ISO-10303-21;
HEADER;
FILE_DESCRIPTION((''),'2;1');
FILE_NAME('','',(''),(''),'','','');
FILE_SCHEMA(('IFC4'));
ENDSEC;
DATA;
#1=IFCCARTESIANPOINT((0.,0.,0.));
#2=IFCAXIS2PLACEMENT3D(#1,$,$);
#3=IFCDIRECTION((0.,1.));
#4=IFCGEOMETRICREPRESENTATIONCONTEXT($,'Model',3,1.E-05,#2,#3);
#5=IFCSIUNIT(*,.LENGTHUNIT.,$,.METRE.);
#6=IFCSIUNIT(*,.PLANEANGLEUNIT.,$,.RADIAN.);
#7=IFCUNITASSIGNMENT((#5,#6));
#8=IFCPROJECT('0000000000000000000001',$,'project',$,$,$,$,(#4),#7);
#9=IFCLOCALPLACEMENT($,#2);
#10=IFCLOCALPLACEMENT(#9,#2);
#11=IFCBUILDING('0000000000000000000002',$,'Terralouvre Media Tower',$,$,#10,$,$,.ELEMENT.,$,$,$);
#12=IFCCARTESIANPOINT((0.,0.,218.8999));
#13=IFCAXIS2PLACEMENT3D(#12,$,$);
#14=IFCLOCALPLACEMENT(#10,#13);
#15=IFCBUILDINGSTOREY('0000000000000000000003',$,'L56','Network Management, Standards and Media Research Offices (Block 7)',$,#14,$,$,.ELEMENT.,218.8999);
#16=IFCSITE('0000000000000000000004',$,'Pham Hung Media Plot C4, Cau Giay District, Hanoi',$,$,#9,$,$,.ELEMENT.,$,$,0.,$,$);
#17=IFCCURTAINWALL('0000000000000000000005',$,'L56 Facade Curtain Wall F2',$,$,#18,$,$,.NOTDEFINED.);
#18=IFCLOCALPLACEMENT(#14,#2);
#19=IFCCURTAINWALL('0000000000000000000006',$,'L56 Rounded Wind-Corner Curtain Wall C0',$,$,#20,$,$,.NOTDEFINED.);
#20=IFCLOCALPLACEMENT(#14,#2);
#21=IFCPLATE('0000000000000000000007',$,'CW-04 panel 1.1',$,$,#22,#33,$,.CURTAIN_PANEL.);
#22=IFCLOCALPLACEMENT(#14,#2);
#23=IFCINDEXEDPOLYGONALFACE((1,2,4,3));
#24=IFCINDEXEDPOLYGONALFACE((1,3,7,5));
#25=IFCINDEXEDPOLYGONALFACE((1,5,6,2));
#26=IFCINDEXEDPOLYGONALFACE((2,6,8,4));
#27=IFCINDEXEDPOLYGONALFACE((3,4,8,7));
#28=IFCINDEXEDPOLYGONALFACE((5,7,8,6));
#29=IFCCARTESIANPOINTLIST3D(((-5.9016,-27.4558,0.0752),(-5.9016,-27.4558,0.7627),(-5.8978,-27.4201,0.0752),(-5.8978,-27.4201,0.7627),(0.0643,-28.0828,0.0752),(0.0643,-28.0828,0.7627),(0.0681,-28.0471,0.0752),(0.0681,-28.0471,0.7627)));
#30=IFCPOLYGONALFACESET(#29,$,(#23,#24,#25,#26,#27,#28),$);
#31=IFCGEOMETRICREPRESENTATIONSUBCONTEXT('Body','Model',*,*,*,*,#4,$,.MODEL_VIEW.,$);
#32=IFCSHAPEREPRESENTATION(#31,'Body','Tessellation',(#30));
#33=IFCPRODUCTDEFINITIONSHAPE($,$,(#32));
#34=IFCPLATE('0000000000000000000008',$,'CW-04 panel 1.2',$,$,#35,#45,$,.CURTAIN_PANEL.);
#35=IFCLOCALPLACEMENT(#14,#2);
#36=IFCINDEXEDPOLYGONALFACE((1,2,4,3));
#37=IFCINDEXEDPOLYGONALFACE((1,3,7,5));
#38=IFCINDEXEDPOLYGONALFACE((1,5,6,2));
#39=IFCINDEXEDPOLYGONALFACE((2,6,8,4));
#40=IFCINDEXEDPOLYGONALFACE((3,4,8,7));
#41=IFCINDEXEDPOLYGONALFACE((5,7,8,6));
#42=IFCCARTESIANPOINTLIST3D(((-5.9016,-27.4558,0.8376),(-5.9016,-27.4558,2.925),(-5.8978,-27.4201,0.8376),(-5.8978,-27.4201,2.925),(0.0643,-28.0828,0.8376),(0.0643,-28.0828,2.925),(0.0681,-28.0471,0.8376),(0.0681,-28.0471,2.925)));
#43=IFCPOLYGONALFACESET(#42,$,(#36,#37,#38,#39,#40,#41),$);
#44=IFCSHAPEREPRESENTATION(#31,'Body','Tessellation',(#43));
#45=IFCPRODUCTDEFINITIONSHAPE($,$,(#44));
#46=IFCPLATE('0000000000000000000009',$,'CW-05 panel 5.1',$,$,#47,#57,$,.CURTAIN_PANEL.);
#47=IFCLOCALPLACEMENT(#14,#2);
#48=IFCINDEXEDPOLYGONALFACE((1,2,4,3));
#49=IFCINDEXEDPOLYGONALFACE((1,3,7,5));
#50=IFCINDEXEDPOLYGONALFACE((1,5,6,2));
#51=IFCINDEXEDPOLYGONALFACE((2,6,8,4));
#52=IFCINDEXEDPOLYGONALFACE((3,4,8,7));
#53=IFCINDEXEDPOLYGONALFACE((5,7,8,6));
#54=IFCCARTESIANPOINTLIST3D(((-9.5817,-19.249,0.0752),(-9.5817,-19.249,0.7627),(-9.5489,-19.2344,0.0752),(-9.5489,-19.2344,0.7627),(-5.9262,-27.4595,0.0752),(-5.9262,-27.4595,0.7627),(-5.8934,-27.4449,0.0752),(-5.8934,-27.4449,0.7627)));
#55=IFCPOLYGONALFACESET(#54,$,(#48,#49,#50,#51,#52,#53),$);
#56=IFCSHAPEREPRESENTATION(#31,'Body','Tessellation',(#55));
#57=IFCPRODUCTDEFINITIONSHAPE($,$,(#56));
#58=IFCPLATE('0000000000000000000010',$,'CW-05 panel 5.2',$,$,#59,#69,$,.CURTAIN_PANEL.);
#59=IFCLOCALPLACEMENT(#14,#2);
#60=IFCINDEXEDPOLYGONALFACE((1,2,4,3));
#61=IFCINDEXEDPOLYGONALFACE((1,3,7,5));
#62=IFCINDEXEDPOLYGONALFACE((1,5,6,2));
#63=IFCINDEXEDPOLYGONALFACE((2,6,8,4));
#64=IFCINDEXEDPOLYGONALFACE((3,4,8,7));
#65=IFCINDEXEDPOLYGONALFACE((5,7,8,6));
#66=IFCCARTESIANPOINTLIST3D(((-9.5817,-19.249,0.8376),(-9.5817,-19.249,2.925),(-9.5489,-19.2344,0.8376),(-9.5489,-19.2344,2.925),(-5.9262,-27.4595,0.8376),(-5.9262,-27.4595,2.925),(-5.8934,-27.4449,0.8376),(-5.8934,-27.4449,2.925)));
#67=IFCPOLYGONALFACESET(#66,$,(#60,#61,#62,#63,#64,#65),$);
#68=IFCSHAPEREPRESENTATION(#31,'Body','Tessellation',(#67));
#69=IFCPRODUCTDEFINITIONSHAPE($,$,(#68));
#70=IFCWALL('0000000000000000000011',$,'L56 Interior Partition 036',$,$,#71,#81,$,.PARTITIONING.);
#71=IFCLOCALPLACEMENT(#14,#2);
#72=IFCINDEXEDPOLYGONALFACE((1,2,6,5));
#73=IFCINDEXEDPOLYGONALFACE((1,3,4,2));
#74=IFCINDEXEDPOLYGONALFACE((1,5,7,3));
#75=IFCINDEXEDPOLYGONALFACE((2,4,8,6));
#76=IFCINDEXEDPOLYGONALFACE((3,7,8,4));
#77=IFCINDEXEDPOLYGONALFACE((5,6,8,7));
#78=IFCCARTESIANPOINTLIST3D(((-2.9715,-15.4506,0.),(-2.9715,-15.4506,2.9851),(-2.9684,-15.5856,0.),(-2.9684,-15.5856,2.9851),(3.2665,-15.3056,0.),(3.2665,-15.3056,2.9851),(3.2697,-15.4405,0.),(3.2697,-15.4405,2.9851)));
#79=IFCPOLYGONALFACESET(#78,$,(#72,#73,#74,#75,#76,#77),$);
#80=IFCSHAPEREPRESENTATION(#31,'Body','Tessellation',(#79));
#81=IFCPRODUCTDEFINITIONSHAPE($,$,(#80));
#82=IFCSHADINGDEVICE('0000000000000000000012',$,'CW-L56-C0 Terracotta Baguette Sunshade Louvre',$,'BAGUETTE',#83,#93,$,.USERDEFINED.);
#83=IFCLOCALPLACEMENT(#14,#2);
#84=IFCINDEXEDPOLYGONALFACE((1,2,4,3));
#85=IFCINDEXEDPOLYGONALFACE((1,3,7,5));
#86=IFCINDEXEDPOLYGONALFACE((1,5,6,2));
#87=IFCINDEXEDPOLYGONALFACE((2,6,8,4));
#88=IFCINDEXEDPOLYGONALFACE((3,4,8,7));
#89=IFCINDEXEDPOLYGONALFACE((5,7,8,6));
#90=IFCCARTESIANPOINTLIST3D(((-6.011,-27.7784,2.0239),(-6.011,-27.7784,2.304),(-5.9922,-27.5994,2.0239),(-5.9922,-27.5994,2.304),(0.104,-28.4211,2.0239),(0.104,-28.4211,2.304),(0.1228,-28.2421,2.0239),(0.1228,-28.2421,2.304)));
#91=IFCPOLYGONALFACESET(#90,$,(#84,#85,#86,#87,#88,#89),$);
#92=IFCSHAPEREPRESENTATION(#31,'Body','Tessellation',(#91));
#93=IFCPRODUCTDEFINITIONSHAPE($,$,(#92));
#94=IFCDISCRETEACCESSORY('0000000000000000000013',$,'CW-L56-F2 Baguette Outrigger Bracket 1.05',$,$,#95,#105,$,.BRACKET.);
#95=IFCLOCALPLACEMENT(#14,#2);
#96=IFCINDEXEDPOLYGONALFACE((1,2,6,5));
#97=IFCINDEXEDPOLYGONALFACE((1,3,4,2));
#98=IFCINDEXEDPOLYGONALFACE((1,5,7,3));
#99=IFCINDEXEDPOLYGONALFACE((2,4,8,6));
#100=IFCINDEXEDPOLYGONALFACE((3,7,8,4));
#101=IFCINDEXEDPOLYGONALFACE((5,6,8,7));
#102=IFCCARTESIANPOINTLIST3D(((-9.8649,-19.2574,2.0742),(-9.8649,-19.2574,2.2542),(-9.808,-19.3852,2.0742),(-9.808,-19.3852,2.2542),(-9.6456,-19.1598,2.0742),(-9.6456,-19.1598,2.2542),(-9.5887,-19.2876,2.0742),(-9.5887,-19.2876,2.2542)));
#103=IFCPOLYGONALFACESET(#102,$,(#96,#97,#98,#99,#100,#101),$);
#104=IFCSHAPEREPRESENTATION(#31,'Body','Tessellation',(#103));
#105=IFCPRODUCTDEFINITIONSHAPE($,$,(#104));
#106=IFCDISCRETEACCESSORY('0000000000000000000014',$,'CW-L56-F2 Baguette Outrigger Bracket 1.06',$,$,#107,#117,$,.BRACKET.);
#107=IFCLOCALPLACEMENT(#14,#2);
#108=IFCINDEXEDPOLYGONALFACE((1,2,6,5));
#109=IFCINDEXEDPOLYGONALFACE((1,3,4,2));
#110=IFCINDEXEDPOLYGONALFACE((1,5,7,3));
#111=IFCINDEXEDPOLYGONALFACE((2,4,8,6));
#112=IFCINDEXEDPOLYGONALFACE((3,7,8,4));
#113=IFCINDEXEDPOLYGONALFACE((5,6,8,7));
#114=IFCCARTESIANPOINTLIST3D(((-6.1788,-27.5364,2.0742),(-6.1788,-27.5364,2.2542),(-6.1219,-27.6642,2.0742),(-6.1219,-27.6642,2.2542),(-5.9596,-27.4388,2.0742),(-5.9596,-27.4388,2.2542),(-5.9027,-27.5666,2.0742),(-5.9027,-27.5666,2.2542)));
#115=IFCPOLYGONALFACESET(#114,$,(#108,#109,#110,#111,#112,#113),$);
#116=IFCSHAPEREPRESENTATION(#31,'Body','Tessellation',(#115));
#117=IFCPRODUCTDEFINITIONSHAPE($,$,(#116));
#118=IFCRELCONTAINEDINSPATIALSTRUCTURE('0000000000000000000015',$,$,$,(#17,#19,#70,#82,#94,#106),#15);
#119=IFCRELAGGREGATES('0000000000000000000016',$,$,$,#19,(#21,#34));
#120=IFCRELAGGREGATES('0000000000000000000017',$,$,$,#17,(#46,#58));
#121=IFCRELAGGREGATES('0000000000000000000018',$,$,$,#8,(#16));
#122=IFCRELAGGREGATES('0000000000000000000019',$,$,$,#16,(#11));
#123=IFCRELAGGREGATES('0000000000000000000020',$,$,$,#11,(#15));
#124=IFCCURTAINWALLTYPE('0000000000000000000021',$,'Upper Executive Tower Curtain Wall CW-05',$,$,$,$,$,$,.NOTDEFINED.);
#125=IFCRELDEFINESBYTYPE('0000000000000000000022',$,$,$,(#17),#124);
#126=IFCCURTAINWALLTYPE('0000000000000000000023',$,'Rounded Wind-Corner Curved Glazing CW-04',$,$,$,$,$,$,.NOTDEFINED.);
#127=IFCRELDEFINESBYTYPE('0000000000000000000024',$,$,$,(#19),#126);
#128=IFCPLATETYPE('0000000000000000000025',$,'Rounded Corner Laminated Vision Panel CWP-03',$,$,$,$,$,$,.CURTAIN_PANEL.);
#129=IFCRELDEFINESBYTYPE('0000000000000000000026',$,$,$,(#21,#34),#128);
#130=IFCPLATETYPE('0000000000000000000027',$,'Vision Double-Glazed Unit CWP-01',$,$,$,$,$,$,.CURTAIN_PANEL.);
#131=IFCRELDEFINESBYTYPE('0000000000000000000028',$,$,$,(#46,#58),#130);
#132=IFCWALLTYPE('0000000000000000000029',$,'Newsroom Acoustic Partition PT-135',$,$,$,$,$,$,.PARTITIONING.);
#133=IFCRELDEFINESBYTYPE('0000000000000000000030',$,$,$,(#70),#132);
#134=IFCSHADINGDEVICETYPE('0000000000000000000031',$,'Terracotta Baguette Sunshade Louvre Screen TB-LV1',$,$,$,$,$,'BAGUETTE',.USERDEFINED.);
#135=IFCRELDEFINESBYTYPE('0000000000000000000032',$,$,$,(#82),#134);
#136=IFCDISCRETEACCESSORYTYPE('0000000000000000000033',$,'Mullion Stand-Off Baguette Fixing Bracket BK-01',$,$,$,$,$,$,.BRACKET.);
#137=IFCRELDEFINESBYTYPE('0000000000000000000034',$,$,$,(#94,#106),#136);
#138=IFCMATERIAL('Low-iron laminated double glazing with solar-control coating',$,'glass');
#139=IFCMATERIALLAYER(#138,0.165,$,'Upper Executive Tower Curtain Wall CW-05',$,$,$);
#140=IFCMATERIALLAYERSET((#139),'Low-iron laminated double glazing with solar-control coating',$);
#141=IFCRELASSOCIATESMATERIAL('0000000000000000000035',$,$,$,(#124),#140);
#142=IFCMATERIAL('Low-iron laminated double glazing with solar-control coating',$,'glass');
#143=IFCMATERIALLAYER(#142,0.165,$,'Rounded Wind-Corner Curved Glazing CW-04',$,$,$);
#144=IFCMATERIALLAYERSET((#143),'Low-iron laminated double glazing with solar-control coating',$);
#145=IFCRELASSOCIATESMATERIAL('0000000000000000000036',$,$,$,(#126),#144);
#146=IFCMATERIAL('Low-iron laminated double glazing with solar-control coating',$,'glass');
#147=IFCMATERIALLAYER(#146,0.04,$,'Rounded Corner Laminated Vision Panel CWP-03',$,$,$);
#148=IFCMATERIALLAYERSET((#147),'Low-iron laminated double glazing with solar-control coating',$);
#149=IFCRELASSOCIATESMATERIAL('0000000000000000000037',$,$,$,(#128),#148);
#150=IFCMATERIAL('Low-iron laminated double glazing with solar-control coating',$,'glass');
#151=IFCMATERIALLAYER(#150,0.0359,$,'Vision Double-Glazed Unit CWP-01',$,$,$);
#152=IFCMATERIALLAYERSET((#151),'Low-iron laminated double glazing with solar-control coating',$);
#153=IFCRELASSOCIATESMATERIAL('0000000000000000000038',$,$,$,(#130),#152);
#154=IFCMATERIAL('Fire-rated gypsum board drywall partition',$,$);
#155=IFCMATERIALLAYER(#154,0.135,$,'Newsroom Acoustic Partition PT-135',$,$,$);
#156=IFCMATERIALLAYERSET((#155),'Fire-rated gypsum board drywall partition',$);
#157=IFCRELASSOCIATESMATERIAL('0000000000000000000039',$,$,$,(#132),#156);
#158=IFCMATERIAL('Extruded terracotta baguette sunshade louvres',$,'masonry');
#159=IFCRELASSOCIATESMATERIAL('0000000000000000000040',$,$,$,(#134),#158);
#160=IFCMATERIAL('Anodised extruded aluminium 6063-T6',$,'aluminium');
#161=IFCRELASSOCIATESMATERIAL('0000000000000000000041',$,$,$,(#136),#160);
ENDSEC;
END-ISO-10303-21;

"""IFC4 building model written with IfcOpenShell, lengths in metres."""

from ifc_helpers import new_model, si_unit, direction, frame, frame_2d, origin, origin_2d, place, context, subcontext, project, spatial, rectangle, extrude, material, layer, layer_set, type_object, element, aggregate, save


model = new_model("IFC4")

# Units and contexts
model_context = context("Model", 3, precision=1e-05, world=origin(), true_north=direction((0.0, 1.0)))
body_context = subcontext(model_context, "Body", "Model", "MODEL_VIEW")
ifc_project = project(units=[si_unit("LENGTHUNIT", "METRE"), si_unit("PLANEANGLEUNIT", "RADIAN")], contexts=[model_context])

# Site, building, storey
site_placement = place(None, origin())
site = spatial("IfcSite", under=ifc_project, at=site_placement, Name="Pham Hung Media Plot C4, Cau Giay District, Hanoi", CompositionType="ELEMENT", RefElevation=0.0)
building_placement = place(site_placement, origin())
building = spatial("IfcBuilding", under=site, at=building_placement, Name="Terralouvre Media Tower", CompositionType="ELEMENT")
storey_placement = place(building_placement, frame((0.0, 0.0, 218.8999)))
storey = spatial("IfcBuildingStorey", under=building, at=storey_placement, Name="L56", Description="Network Management, Standards and Media Research Offices (Block 7)", CompositionType="ELEMENT", Elevation=218.8999)

# Curtain walls
ifc_material_1 = material(Name="Low-iron laminated double glazing with solar-control coating", Category="glass")
ifc_layer_1 = layer(ifc_material_1, 0.165, Name="Upper Executive Tower Curtain Wall CW-05")
ifc_layer_set_1 = layer_set([ifc_layer_1], Name="Low-iron laminated double glazing with solar-control coating")
curtain_wall_type_1 = type_object("IfcCurtainWallType", Name="Upper Executive Tower Curtain Wall CW-05", PredefinedType="NOTDEFINED", material=ifc_layer_set_1)
curtain_wall_1_placement = place(storey_placement, origin())
curtain_wall_1 = element("IfcCurtainWall", 1, at=curtain_wall_1_placement, inside=storey, type_object=curtain_wall_type_1, Name="L56 Facade Curtain Wall F2", PredefinedType="NOTDEFINED")
ifc_material_2 = material(Name="Low-iron laminated double glazing with solar-control coating", Category="glass")
ifc_layer_2 = layer(ifc_material_2, 0.165, Name="Rounded Wind-Corner Curved Glazing CW-04")
ifc_layer_set_2 = layer_set([ifc_layer_2], Name="Low-iron laminated double glazing with solar-control coating")
curtain_wall_type_2 = type_object("IfcCurtainWallType", Name="Rounded Wind-Corner Curved Glazing CW-04", PredefinedType="NOTDEFINED", material=ifc_layer_set_2)
curtain_wall_2_placement = place(storey_placement, origin())
curtain_wall_2 = element("IfcCurtainWall", 2, at=curtain_wall_2_placement, inside=storey, type_object=curtain_wall_type_2, Name="L56 Rounded Wind-Corner Curtain Wall C0", PredefinedType="NOTDEFINED")

# Plates
ifc_material_3 = material(Name="Low-iron laminated double glazing with solar-control coating", Category="glass")
ifc_layer_3 = layer(ifc_material_3, 0.04, Name="Rounded Corner Laminated Vision Panel CWP-03")
ifc_layer_set_3 = layer_set([ifc_layer_3], Name="Low-iron laminated double glazing with solar-control coating")
plate_type_1 = type_object("IfcPlateType", Name="Rounded Corner Laminated Vision Panel CWP-03", PredefinedType="CURTAIN_PANEL", material=ifc_layer_set_3)
plate_1_placement = place(storey_placement, frame((-2.9167, -27.7515, 0.0752), z_axis=(0.0, 0.0, 1.0), x_axis=(0.994522, -0.104528, 0.0)))
plate_1 = element("IfcPlate", 3, at=plate_1_placement, type_object=plate_type_1, Name="CW-04 panel 1.1", PredefinedType="CURTAIN_PANEL", context=body_context, shape_type="SweptSolid", body=[
    extrude(rectangle(XDim=5.9988, YDim=0.0359, at=origin_2d()), origin(), (0.0, 0.0, 1.0), 0.6875),
])
plate_2_placement = place(storey_placement, frame((-2.9167, -27.7515, 0.8376), z_axis=(0.0, 0.0, 1.0), x_axis=(0.994522, -0.104528, 0.0)))
plate_2 = element("IfcPlate", 4, at=plate_2_placement, type_object=plate_type_1, Name="CW-04 panel 1.2", PredefinedType="CURTAIN_PANEL", context=body_context, shape_type="SweptSolid", body=[
    extrude(rectangle(XDim=5.9988, YDim=0.0359, at=origin_2d()), origin(), (0.0, 0.0, 1.0), 2.0874),
])
aggregate(curtain_wall_2, [plate_1, plate_2])
ifc_material_4 = material(Name="Low-iron laminated double glazing with solar-control coating", Category="glass")
ifc_layer_4 = layer(ifc_material_4, 0.0359, Name="Vision Double-Glazed Unit CWP-01")
ifc_layer_set_4 = layer_set([ifc_layer_4], Name="Low-iron laminated double glazing with solar-control coating")
plate_type_2 = type_object("IfcPlateType", Name="Vision Double-Glazed Unit CWP-01", PredefinedType="CURTAIN_PANEL", material=ifc_layer_set_4)
plate_3_placement = place(storey_placement, frame((-7.7375, -23.3469, 0.0752), z_axis=(0.0, 0.0, 1.0), x_axis=(0.406737, -0.913545, 0.0)))
plate_3 = element("IfcPlate", 5, at=plate_3_placement, type_object=plate_type_2, Name="CW-05 panel 5.1", PredefinedType="CURTAIN_PANEL", context=body_context, shape_type="SweptSolid", body=[
    extrude(rectangle(XDim=8.9875, YDim=0.0359, at=origin_2d()), origin(), (0.0, 0.0, 1.0), 0.6875),
])
plate_4_placement = place(storey_placement, frame((-7.7375, -23.3469, 0.8376), z_axis=(0.0, 0.0, 1.0), x_axis=(0.406737, -0.913545, 0.0)))
plate_4 = element("IfcPlate", 6, at=plate_4_placement, type_object=plate_type_2, Name="CW-05 panel 5.2", PredefinedType="CURTAIN_PANEL", context=body_context, shape_type="SweptSolid", body=[
    extrude(rectangle(XDim=8.9875, YDim=0.0359, at=origin_2d()), origin(), (0.0, 0.0, 1.0), 2.0874),
])
aggregate(curtain_wall_1, [plate_3, plate_4])

# Wall
ifc_material_5 = material(Name="Fire-rated gypsum board drywall partition")
ifc_layer_5 = layer(ifc_material_5, 0.135, Name="Newsroom Acoustic Partition PT-135")
ifc_layer_set_5 = layer_set([ifc_layer_5], Name="Fire-rated gypsum board drywall partition")
wall_type = type_object("IfcWallType", Name="Newsroom Acoustic Partition PT-135", PredefinedType="PARTITIONING", material=ifc_layer_set_5)
wall_placement = place(storey_placement, frame((-2.97, -15.5181, 0.0), z_axis=(0.0, 0.0, 1.0), x_axis=(0.99973, 0.023241, 0.0)))
element("IfcWall", 7, at=wall_placement, inside=storey, type_object=wall_type, Name="L56 Interior Partition 036", PredefinedType="PARTITIONING", context=body_context, shape_type="SweptSolid", body=[
    extrude(rectangle(XDim=6.2397, YDim=0.135, at=frame_2d((3.1199, 0.0))), origin(), (0.0, 0.0, 1.0), 2.9851),
])

# Shading device
ifc_material_6 = material(Name="Extruded terracotta baguette sunshade louvres", Category="masonry")
shading_device_type = type_object("IfcShadingDeviceType", Name="Terracotta Baguette Sunshade Louvre Screen TB-LV1", ElementType="BAGUETTE", PredefinedType="USERDEFINED", material=ifc_material_6)
shading_device_placement = place(storey_placement, frame((-2.9441, -28.0103, 2.0239), z_axis=(0.0, 0.0, 1.0), x_axis=(0.994522, -0.104528, 0.0)))
element("IfcShadingDevice", 8, at=shading_device_placement, inside=storey, type_object=shading_device_type, Name="CW-L56-C0 Terracotta Baguette Sunshade Louvre", ObjectType="BAGUETTE", PredefinedType="USERDEFINED", context=body_context, shape_type="SweptSolid", body=[
    extrude(rectangle(XDim=6.1487, YDim=0.1799, at=origin_2d()), origin(), (0.0, 0.0, 1.0), 0.28),
])

# Discrete accessories
ifc_material_7 = material(Name="Anodised extruded aluminium 6063-T6", Category="aluminium")
discrete_accessory_type = type_object("IfcDiscreteAccessoryType", Name="Mullion Stand-Off Baguette Fixing Bracket BK-01", PredefinedType="BRACKET", material=ifc_material_7)
for number, where, z_axis, x_axis, name in (
    (9, (-9.7268, -19.2725, 2.0742), (0.0, 0.0, 1.0), (0.406737, -0.913545, 0.0), "CW-L56-F2 Baguette Outrigger Bracket 1.05"),
    (10, (-6.0408, -27.5515, 2.0742), (0.0, 0.0, 1.0), (0.406737, -0.913545, 0.0), "CW-L56-F2 Baguette Outrigger Bracket 1.06"),
):
    element("IfcDiscreteAccessory", number, at=place(storey_placement, frame(where, z_axis=z_axis, x_axis=x_axis)), inside=storey, type_object=discrete_accessory_type, Name=name, PredefinedType="BRACKET", context=body_context, shape_type="SweptSolid", body=[
        extrude(rectangle(XDim=0.1399, YDim=0.24, at=origin_2d()), origin(), (0.0, 0.0, 1.0), 0.1799),
    ])

save(model, "model.ifc")
